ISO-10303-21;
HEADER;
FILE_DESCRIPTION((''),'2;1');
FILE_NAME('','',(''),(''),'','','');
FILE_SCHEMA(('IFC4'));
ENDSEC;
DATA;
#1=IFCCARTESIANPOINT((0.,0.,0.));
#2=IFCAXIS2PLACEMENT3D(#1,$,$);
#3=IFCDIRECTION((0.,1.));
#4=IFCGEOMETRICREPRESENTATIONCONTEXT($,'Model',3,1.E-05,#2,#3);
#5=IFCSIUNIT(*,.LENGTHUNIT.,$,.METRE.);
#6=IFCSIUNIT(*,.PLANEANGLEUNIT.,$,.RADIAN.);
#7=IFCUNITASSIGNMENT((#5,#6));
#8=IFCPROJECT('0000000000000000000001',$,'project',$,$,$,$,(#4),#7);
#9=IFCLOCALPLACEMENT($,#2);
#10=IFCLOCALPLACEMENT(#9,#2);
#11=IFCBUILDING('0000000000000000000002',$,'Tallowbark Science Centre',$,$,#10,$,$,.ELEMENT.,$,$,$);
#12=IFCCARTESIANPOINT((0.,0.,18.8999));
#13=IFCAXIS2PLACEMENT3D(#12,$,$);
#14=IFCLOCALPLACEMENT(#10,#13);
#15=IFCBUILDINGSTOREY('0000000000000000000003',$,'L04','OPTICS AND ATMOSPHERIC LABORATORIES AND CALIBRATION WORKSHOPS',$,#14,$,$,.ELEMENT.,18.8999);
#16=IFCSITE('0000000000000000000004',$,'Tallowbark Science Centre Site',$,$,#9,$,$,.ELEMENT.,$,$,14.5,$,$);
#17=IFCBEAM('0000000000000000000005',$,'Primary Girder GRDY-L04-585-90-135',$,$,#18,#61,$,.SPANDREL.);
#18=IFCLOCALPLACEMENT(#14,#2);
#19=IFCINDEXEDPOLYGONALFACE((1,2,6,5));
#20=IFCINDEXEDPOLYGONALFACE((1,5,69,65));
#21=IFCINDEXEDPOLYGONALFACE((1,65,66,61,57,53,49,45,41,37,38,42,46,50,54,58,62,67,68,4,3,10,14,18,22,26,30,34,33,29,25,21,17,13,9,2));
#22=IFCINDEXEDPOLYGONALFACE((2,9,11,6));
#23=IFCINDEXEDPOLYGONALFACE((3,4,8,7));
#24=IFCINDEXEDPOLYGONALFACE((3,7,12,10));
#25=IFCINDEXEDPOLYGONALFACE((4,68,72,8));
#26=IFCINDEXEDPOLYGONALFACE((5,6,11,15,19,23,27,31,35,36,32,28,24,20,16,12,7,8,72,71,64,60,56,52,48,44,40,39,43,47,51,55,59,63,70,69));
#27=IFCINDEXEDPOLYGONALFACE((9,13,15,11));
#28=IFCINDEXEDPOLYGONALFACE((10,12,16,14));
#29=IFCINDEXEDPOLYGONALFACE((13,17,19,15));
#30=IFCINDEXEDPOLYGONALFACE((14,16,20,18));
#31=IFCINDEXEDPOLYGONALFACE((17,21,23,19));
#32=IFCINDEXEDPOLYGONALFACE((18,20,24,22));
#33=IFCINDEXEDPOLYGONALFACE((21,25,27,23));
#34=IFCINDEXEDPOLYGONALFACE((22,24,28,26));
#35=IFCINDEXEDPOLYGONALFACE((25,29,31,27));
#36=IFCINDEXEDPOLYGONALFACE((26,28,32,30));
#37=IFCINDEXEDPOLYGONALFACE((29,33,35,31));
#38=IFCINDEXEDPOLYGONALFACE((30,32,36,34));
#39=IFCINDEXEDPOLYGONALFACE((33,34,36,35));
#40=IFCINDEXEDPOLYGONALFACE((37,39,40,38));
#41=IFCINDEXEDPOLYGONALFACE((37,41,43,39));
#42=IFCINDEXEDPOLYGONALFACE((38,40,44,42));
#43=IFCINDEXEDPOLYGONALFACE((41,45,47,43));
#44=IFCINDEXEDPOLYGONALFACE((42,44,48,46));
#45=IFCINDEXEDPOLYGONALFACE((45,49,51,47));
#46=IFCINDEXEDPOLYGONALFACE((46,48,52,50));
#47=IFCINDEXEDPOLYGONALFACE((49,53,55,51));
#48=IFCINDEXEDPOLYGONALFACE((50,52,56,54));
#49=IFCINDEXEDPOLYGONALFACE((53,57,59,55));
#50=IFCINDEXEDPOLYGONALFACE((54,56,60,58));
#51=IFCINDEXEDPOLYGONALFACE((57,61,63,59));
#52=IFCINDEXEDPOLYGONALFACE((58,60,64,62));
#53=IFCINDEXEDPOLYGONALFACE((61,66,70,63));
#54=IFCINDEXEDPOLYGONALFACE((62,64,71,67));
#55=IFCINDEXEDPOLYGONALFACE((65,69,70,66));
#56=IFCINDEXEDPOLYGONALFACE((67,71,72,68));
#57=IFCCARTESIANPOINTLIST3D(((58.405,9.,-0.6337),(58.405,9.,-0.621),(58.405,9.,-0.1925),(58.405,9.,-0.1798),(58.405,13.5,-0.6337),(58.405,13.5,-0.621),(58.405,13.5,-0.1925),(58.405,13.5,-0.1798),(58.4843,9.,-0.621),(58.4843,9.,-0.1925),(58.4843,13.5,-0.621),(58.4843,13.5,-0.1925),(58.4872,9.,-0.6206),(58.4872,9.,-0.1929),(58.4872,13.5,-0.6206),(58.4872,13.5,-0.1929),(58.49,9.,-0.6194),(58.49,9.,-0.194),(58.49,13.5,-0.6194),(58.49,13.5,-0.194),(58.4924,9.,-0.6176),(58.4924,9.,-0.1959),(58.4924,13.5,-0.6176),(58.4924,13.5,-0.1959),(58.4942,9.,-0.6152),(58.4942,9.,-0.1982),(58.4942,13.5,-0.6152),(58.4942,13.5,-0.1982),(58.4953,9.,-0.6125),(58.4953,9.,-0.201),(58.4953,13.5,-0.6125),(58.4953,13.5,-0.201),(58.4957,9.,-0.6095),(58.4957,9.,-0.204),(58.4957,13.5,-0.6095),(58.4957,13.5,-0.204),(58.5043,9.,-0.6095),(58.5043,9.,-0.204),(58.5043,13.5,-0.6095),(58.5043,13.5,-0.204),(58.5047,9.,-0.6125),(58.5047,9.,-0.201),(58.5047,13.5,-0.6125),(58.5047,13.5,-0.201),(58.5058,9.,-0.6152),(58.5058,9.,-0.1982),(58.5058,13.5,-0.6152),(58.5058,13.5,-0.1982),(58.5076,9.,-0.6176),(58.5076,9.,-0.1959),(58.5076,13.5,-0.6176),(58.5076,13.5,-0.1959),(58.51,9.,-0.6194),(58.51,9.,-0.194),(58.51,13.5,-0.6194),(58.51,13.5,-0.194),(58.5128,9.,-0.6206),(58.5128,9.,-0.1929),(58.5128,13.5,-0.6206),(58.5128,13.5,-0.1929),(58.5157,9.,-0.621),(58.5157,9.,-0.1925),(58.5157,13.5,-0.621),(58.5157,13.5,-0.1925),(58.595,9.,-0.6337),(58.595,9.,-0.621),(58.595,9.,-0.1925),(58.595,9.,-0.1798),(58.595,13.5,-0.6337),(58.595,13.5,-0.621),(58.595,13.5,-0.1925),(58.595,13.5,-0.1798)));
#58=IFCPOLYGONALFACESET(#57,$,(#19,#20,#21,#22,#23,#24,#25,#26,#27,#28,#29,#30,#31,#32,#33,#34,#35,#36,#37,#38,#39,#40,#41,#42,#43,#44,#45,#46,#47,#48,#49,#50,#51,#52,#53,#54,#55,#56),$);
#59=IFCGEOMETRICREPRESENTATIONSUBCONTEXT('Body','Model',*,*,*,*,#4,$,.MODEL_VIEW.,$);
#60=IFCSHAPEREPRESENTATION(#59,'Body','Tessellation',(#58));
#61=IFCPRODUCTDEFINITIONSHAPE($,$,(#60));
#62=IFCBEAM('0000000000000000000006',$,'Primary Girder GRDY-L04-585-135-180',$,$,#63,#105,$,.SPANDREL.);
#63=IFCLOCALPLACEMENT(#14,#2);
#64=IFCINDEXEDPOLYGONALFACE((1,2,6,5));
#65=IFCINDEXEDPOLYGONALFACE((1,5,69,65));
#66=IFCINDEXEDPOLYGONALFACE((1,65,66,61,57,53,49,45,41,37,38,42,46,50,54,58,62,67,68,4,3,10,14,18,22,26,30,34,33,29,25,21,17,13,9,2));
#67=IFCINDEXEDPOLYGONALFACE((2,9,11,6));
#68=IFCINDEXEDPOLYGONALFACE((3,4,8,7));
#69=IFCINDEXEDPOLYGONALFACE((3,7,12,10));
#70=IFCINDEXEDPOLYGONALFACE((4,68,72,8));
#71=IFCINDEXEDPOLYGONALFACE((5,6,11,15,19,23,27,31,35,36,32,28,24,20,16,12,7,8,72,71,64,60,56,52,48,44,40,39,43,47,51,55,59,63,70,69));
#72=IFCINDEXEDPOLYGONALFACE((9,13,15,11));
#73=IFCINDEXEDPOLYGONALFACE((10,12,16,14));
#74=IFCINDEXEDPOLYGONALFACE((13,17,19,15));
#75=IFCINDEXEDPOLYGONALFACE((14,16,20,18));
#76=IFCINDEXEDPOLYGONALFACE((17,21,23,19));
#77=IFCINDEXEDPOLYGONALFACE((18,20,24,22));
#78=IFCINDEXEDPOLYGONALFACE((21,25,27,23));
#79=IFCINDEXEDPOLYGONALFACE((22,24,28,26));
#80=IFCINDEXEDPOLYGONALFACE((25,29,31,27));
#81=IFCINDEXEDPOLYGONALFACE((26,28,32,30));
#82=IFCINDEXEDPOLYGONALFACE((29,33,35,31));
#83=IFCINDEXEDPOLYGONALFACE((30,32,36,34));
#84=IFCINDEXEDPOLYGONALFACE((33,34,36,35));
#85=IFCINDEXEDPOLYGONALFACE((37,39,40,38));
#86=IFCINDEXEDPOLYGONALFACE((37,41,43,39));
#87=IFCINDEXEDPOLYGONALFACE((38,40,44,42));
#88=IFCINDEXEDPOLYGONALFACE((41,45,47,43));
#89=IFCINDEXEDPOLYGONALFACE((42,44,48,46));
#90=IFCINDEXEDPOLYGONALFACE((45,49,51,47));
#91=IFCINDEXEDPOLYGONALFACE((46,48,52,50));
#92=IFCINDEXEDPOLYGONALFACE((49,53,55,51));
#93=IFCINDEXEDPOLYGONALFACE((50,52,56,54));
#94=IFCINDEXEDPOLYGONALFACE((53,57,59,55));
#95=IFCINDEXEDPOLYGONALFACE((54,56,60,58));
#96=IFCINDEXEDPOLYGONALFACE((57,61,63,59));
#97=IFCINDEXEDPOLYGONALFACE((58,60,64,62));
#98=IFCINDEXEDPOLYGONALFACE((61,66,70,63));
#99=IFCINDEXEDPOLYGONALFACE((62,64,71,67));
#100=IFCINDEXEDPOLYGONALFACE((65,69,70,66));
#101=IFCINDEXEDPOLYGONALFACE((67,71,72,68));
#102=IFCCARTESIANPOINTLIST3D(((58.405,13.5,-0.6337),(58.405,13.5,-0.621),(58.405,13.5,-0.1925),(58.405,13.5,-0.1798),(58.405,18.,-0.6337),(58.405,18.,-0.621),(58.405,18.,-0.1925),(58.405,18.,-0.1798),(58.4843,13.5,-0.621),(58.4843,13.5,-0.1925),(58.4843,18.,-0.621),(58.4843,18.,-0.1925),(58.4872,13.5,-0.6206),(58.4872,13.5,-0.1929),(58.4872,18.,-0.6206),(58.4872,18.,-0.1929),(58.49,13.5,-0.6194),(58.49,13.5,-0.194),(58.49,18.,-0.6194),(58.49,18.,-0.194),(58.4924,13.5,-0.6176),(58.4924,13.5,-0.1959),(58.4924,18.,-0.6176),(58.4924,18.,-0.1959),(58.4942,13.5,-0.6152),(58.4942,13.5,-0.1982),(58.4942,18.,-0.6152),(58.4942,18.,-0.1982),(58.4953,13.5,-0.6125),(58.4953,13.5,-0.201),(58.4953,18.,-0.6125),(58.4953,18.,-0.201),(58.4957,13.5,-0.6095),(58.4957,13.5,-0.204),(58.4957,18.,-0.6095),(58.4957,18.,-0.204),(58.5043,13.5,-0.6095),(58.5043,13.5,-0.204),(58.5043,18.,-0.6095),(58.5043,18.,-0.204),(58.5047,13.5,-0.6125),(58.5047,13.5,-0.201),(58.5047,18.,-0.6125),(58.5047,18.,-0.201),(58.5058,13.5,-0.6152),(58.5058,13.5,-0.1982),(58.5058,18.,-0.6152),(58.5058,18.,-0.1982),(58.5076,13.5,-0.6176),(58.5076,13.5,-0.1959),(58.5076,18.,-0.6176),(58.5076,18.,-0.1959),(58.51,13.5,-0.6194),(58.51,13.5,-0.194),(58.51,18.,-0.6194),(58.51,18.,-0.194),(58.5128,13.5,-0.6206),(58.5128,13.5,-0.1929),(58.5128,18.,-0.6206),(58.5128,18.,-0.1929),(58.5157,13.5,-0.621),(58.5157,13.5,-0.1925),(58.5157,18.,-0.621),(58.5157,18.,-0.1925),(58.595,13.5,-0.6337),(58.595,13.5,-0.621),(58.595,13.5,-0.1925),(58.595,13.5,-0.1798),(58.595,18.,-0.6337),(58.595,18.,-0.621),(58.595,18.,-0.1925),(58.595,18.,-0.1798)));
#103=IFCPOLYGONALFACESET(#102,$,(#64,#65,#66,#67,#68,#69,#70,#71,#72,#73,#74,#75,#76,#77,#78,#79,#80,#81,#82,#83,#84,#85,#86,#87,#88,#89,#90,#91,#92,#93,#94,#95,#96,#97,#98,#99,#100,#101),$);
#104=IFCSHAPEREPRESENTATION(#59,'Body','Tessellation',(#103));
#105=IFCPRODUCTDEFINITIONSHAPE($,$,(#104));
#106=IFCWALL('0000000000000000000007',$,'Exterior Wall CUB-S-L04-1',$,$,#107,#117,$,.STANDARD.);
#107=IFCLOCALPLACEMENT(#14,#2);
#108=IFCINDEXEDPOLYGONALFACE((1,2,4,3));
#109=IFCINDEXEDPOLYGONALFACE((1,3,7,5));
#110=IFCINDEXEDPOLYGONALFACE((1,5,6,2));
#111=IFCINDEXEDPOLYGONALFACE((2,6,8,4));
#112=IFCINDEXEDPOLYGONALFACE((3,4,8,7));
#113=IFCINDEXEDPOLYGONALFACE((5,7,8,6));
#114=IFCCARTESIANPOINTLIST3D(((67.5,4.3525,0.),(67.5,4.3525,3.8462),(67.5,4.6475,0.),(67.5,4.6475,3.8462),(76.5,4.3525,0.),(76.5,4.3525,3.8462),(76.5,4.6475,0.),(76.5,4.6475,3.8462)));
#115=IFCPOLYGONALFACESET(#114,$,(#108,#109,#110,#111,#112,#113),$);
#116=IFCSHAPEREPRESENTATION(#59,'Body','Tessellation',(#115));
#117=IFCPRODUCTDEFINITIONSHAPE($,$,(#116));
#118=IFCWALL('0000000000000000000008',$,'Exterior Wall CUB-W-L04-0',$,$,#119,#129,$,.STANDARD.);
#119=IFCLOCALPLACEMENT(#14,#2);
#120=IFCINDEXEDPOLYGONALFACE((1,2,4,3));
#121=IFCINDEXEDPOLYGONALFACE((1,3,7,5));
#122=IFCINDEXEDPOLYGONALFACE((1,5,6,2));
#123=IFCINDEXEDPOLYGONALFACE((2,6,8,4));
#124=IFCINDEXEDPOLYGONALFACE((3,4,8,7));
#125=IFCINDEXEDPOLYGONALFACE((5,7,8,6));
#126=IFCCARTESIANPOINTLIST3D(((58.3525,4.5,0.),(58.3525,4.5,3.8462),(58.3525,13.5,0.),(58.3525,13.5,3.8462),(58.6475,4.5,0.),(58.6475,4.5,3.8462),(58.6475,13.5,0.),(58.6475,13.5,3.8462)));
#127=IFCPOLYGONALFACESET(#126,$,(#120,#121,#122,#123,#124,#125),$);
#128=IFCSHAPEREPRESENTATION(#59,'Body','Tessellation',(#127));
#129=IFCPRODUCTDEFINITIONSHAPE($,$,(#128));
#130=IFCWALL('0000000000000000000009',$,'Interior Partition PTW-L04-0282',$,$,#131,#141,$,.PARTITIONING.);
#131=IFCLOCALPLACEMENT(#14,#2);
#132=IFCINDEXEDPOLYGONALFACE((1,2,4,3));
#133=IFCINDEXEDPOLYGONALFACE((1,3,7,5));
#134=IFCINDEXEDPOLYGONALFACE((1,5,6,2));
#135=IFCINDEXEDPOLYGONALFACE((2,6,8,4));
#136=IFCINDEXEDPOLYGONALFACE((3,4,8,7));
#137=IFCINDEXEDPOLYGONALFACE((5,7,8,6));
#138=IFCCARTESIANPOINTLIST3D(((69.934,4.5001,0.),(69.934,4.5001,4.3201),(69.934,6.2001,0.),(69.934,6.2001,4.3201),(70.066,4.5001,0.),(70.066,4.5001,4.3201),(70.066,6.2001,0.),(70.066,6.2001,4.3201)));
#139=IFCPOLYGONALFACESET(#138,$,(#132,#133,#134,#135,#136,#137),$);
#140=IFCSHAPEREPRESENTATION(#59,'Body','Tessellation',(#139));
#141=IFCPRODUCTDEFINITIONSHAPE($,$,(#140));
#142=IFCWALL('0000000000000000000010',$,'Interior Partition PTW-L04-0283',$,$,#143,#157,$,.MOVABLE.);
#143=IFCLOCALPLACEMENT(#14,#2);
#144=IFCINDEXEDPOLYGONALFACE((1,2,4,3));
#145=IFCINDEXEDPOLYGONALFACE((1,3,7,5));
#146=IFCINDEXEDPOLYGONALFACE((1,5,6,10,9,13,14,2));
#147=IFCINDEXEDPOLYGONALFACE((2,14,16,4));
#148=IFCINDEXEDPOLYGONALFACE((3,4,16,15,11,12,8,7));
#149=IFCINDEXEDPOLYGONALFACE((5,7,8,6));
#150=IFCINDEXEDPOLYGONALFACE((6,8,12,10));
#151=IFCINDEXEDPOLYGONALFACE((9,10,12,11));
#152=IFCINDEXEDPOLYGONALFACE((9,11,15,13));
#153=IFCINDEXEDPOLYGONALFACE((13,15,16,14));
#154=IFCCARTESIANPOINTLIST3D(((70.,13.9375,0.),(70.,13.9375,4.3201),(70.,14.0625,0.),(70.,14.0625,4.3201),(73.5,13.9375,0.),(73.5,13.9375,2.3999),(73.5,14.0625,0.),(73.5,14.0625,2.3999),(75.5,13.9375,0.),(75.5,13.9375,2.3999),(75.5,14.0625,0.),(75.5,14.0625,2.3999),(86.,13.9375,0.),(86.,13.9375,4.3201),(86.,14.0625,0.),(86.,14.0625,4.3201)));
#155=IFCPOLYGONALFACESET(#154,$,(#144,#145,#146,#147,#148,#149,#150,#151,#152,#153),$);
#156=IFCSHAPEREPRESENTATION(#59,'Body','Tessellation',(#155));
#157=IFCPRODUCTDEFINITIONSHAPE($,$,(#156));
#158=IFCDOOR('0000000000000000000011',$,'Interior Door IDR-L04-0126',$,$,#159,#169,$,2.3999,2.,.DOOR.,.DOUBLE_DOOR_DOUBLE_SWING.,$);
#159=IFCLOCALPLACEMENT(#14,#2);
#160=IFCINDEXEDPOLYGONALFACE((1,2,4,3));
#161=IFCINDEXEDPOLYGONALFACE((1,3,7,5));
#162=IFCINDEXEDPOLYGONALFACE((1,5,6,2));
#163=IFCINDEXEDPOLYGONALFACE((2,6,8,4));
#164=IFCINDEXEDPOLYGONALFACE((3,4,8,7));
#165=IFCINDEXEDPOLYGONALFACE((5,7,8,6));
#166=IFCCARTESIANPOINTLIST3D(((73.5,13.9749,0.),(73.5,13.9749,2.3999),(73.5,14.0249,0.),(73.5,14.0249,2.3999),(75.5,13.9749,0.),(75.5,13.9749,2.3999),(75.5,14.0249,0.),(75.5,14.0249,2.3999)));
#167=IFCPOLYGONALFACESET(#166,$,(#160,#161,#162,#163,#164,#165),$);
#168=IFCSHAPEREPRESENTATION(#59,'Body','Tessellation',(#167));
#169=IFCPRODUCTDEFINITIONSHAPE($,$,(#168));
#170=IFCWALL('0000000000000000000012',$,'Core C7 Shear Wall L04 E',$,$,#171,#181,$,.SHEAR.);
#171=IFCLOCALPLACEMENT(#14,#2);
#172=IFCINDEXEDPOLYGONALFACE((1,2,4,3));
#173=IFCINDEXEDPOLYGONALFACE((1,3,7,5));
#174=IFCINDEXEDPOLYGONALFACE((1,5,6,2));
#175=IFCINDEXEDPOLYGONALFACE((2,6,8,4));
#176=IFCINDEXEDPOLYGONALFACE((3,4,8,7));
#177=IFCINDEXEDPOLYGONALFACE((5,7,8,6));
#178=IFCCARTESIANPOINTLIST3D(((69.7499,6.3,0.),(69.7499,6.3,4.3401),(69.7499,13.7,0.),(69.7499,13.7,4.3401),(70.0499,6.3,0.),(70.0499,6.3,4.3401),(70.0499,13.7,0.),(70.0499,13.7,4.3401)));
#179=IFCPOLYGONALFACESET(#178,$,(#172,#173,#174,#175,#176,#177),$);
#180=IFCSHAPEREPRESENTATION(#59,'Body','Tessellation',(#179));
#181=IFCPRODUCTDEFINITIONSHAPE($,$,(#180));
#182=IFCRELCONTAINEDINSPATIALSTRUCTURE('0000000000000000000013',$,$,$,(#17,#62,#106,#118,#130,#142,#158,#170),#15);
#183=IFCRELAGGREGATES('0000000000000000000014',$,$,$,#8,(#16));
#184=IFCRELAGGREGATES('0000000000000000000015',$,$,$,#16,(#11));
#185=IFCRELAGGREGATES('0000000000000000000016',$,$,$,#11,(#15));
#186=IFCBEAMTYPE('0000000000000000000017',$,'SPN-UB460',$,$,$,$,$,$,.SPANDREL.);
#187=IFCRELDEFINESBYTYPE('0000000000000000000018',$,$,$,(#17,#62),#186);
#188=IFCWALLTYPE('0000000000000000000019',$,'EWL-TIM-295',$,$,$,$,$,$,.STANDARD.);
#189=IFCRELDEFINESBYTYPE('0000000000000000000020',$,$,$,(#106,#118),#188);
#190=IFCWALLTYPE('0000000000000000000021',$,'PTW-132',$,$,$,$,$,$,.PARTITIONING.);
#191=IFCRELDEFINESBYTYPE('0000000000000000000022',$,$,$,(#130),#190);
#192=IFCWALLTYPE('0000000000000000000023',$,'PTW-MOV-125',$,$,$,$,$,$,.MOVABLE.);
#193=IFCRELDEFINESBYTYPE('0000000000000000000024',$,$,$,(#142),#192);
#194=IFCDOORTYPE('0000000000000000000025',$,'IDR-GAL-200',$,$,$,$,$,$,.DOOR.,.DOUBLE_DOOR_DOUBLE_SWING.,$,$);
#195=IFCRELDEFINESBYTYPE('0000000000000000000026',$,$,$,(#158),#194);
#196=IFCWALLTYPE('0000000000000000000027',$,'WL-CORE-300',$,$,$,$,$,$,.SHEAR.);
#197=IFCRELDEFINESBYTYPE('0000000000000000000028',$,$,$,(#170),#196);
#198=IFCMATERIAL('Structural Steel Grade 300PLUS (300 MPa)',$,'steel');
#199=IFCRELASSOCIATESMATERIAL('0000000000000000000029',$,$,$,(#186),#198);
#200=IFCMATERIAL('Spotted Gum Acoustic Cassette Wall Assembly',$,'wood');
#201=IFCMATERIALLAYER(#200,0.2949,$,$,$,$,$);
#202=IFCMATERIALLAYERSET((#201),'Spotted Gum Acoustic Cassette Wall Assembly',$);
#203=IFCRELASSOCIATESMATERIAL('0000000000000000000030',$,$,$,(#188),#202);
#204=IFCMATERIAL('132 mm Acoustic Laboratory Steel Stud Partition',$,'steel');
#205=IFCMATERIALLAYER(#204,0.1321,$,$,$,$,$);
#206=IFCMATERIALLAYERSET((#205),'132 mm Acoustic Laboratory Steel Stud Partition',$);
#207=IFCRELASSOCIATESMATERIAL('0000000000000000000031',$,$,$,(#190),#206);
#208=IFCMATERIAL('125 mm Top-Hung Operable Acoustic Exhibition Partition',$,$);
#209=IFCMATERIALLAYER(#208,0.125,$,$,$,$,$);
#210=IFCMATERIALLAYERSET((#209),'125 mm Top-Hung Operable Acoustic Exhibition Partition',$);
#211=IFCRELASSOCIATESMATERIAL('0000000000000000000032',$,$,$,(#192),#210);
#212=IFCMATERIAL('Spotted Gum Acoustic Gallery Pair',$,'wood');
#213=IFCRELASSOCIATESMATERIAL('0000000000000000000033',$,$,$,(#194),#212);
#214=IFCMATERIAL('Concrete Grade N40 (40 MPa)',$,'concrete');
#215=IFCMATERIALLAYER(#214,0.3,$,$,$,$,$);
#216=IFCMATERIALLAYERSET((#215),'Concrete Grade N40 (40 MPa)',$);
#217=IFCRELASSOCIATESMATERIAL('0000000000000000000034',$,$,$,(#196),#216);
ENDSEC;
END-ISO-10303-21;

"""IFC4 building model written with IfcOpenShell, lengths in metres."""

from ifc_helpers import new_model, si_unit, direction, frame, frame_2d, origin, origin_2d, place, context, subcontext, project, spatial, rectangle, i_section, extrude, material, layer, layer_set, material_profile, profile_set, type_object, element, fill, save


model = new_model("IFC4")

# Units and contexts
model_context = context("Model", 3, precision=1e-05, world=origin(), true_north=direction((0.0, 1.0)))
body_context = subcontext(model_context, "Body", "Model", "MODEL_VIEW")
ifc_project = project(units=[si_unit("LENGTHUNIT", "METRE"), si_unit("PLANEANGLEUNIT", "RADIAN")], contexts=[model_context])

# Site, building, storey
site_placement = place(None, origin())
site = spatial("IfcSite", under=ifc_project, at=site_placement, Name="Tallowbark Science Centre Site", CompositionType="ELEMENT", RefElevation=14.5)
building_placement = place(site_placement, origin())
building = spatial("IfcBuilding", under=site, at=building_placement, Name="Tallowbark Science Centre", CompositionType="ELEMENT")
storey_placement = place(building_placement, frame((0.0, 0.0, 18.8999)))
storey = spatial("IfcBuildingStorey", under=building, at=storey_placement, Name="L04", Description="OPTICS AND ATMOSPHERIC LABORATORIES AND CALIBRATION WORKSHOPS", CompositionType="ELEMENT", Elevation=18.8999)

# Shared definitions
ifc_material_1 = material(Name="Structural Steel Grade 300PLUS (300 MPa)", Category="steel")

# Beams
ifc_material_profile_1 = material_profile(ifc_material_1, i_section(OverallWidth=0.1899, OverallDepth=0.4539, WebThickness=0.0085, FlangeThickness=0.0127, FilletRadius=0.0115, at=origin_2d()), Name="460UB67.1")
ifc_profile_set_1 = profile_set([ifc_material_profile_1], Name="Structural Steel Grade 300PLUS (300 MPa)")
beam_type_1 = type_object("IfcBeamType", Name="SPN-UB460", PredefinedType="SPANDREL", material=ifc_profile_set_1)
for number, where, z_axis, x_axis, name in (
    (1, (58.5, 9.0, -0.4067), (0.0, 1.0, 0.0), (-1.0, 0.0, 0.0), "Primary Girder GRDY-L04-585-90-135"),
    (2, (58.5, 13.5, -0.4067), (0.0, 1.0, 0.0), (-1.0, 0.0, 0.0), "Primary Girder GRDY-L04-585-135-180"),
):
    element("IfcBeam", number, at=place(storey_placement, frame(where, z_axis=z_axis, x_axis=x_axis)), inside=storey, type_object=beam_type_1, Name=name, PredefinedType="SPANDREL", context=body_context, shape_type="SweptSolid", body=[
        extrude(i_section(OverallWidth=0.1899, OverallDepth=0.4539, WebThickness=0.0085, FlangeThickness=0.0127, FilletRadius=0.0115, at=origin_2d()), origin(), (0.0, 0.0, 1.0), 4.5),
    ])

# Walls
ifc_material_2 = material(Name="Spotted Gum Acoustic Cassette Wall Assembly", Category="wood")
ifc_layer_1 = layer(ifc_material_2, 0.2949)
ifc_layer_set_1 = layer_set([ifc_layer_1], Name="Spotted Gum Acoustic Cassette Wall Assembly")
wall_type_1 = type_object("IfcWallType", Name="EWL-TIM-295", PredefinedType="STANDARD", material=ifc_layer_set_1)
for number, where, z_axis, x_axis, name in (
    (3, (67.5, 4.5, 0.0), (0.0, 0.0, 1.0), (1.0, 0.0, 0.0), "Exterior Wall CUB-S-L04-1"),
    (4, (58.5, 13.5, 0.0), (0.0, 0.0, 1.0), (0.0, -1.0, 0.0), "Exterior Wall CUB-W-L04-0"),
):
    element("IfcWall", number, at=place(storey_placement, frame(where, z_axis=z_axis, x_axis=x_axis)), inside=storey, type_object=wall_type_1, Name=name, PredefinedType="STANDARD", context=body_context, shape_type="SweptSolid", body=[
        extrude(rectangle(XDim=9.0, YDim=0.2949, at=frame_2d((4.5, 0.0))), origin(), (0.0, 0.0, 1.0), 3.8462),
    ])
ifc_material_3 = material(Name="132 mm Acoustic Laboratory Steel Stud Partition", Category="steel")
ifc_layer_2 = layer(ifc_material_3, 0.1321)
ifc_layer_set_2 = layer_set([ifc_layer_2], Name="132 mm Acoustic Laboratory Steel Stud Partition")
wall_type_2 = type_object("IfcWallType", Name="PTW-132", PredefinedType="PARTITIONING", material=ifc_layer_set_2)
wall_1_placement = place(storey_placement, frame((70.0, 4.5, 0.0), z_axis=(0.0, 0.0, 1.0), x_axis=(0.0, 1.0, 0.0)))
element("IfcWall", 5, at=wall_1_placement, inside=storey, type_object=wall_type_2, Name="Interior Partition PTW-L04-0282", PredefinedType="PARTITIONING", context=body_context, shape_type="SweptSolid", body=[
    extrude(rectangle(XDim=1.7, YDim=0.1321, at=frame_2d((0.8501, 0.0))), origin(), (0.0, 0.0, 1.0), 4.3201),
])

# Wall, opening, door
ifc_material_4 = material(Name="125 mm Top-Hung Operable Acoustic Exhibition Partition")
ifc_layer_3 = layer(ifc_material_4, 0.125)
ifc_layer_set_3 = layer_set([ifc_layer_3], Name="125 mm Top-Hung Operable Acoustic Exhibition Partition")
wall_type_3 = type_object("IfcWallType", Name="PTW-MOV-125", PredefinedType="MOVABLE", material=ifc_layer_set_3)
wall_2_placement = place(storey_placement, frame((70.0, 14.0, 0.0), z_axis=(0.0, 0.0, 1.0), x_axis=(1.0, 0.0, 0.0)))
wall_2 = element("IfcWall", 6, at=wall_2_placement, inside=storey, type_object=wall_type_3, Name="Interior Partition PTW-L04-0283", PredefinedType="MOVABLE", context=body_context, shape_type="SweptSolid", body=[
    extrude(rectangle(XDim=16.0, YDim=0.125, at=frame_2d((8.0, 0.0))), origin(), (0.0, 0.0, 1.0), 4.3201),
])
opening_1_placement = place(wall_2_placement, frame((3.5, 0.0, 0.0)))
opening_1 = element("IfcOpeningElement", 7, at=opening_1_placement, cuts=wall_2, PredefinedType="OPENING", context=body_context, shape_type="SweptSolid", body=[
    extrude(rectangle(XDim=2.0, YDim=2.3999, at=frame_2d((1.0, 1.2))), frame((0.0, 0.0725, 0.0), z_axis=(0.0, -1.0, 0.0), x_axis=(1.0, 0.0, 0.0)), (0.0, 0.0, 1.0), 0.145),
])
ifc_material_5 = material(Name="Spotted Gum Acoustic Gallery Pair", Category="wood")
door_type_1 = type_object("IfcDoorType", Name="IDR-GAL-200", OperationType="DOUBLE_DOOR_DOUBLE_SWING", PredefinedType="DOOR", material=ifc_material_5)
door_1_placement = place(opening_1_placement, origin())
door_1 = element("IfcDoor", 8, at=door_1_placement, inside=storey, type_object=door_type_1, Name="Interior Door IDR-L04-0126", OperationType="DOUBLE_DOOR_DOUBLE_SWING", OverallHeight=2.3999, OverallWidth=2.0, PredefinedType="DOOR", context=body_context, shape_type="SweptSolid", body=[
    extrude(rectangle(XDim=2.0, YDim=2.3999, at=frame_2d((1.0, 1.2))), frame((0.0, 0.0249, 0.0), z_axis=(0.0, -1.0, 0.0), x_axis=(1.0, 0.0, 0.0)), (0.0, 0.0, 1.0), 0.05),
])
fill(opening_1, door_1)
ifc_material_6 = material(Name="Concrete Grade N40 (40 MPa)", Category="concrete")
ifc_layer_4 = layer(ifc_material_6, 0.3)
ifc_layer_set_4 = layer_set([ifc_layer_4], Name="Concrete Grade N40 (40 MPa)")
wall_type_4 = type_object("IfcWallType", Name="WL-CORE-300", PredefinedType="SHEAR", material=ifc_layer_set_4)

# Wall
wall_3_placement = place(storey_placement, frame((69.8999, 6.3, 0.0), z_axis=(0.0, 0.0, 1.0), x_axis=(0.0, 1.0, 0.0)))
element("IfcWall", 9, at=wall_3_placement, inside=storey, type_object=wall_type_4, Name="Core C7 Shear Wall L04 E", PredefinedType="SHEAR", context=body_context, shape_type="SweptSolid", body=[
    extrude(rectangle(XDim=7.3999, YDim=0.3, at=frame_2d((3.7, 0.0))), origin(), (0.0, 0.0, 1.0), 4.3401),
])

save(model, "model.ifc")
